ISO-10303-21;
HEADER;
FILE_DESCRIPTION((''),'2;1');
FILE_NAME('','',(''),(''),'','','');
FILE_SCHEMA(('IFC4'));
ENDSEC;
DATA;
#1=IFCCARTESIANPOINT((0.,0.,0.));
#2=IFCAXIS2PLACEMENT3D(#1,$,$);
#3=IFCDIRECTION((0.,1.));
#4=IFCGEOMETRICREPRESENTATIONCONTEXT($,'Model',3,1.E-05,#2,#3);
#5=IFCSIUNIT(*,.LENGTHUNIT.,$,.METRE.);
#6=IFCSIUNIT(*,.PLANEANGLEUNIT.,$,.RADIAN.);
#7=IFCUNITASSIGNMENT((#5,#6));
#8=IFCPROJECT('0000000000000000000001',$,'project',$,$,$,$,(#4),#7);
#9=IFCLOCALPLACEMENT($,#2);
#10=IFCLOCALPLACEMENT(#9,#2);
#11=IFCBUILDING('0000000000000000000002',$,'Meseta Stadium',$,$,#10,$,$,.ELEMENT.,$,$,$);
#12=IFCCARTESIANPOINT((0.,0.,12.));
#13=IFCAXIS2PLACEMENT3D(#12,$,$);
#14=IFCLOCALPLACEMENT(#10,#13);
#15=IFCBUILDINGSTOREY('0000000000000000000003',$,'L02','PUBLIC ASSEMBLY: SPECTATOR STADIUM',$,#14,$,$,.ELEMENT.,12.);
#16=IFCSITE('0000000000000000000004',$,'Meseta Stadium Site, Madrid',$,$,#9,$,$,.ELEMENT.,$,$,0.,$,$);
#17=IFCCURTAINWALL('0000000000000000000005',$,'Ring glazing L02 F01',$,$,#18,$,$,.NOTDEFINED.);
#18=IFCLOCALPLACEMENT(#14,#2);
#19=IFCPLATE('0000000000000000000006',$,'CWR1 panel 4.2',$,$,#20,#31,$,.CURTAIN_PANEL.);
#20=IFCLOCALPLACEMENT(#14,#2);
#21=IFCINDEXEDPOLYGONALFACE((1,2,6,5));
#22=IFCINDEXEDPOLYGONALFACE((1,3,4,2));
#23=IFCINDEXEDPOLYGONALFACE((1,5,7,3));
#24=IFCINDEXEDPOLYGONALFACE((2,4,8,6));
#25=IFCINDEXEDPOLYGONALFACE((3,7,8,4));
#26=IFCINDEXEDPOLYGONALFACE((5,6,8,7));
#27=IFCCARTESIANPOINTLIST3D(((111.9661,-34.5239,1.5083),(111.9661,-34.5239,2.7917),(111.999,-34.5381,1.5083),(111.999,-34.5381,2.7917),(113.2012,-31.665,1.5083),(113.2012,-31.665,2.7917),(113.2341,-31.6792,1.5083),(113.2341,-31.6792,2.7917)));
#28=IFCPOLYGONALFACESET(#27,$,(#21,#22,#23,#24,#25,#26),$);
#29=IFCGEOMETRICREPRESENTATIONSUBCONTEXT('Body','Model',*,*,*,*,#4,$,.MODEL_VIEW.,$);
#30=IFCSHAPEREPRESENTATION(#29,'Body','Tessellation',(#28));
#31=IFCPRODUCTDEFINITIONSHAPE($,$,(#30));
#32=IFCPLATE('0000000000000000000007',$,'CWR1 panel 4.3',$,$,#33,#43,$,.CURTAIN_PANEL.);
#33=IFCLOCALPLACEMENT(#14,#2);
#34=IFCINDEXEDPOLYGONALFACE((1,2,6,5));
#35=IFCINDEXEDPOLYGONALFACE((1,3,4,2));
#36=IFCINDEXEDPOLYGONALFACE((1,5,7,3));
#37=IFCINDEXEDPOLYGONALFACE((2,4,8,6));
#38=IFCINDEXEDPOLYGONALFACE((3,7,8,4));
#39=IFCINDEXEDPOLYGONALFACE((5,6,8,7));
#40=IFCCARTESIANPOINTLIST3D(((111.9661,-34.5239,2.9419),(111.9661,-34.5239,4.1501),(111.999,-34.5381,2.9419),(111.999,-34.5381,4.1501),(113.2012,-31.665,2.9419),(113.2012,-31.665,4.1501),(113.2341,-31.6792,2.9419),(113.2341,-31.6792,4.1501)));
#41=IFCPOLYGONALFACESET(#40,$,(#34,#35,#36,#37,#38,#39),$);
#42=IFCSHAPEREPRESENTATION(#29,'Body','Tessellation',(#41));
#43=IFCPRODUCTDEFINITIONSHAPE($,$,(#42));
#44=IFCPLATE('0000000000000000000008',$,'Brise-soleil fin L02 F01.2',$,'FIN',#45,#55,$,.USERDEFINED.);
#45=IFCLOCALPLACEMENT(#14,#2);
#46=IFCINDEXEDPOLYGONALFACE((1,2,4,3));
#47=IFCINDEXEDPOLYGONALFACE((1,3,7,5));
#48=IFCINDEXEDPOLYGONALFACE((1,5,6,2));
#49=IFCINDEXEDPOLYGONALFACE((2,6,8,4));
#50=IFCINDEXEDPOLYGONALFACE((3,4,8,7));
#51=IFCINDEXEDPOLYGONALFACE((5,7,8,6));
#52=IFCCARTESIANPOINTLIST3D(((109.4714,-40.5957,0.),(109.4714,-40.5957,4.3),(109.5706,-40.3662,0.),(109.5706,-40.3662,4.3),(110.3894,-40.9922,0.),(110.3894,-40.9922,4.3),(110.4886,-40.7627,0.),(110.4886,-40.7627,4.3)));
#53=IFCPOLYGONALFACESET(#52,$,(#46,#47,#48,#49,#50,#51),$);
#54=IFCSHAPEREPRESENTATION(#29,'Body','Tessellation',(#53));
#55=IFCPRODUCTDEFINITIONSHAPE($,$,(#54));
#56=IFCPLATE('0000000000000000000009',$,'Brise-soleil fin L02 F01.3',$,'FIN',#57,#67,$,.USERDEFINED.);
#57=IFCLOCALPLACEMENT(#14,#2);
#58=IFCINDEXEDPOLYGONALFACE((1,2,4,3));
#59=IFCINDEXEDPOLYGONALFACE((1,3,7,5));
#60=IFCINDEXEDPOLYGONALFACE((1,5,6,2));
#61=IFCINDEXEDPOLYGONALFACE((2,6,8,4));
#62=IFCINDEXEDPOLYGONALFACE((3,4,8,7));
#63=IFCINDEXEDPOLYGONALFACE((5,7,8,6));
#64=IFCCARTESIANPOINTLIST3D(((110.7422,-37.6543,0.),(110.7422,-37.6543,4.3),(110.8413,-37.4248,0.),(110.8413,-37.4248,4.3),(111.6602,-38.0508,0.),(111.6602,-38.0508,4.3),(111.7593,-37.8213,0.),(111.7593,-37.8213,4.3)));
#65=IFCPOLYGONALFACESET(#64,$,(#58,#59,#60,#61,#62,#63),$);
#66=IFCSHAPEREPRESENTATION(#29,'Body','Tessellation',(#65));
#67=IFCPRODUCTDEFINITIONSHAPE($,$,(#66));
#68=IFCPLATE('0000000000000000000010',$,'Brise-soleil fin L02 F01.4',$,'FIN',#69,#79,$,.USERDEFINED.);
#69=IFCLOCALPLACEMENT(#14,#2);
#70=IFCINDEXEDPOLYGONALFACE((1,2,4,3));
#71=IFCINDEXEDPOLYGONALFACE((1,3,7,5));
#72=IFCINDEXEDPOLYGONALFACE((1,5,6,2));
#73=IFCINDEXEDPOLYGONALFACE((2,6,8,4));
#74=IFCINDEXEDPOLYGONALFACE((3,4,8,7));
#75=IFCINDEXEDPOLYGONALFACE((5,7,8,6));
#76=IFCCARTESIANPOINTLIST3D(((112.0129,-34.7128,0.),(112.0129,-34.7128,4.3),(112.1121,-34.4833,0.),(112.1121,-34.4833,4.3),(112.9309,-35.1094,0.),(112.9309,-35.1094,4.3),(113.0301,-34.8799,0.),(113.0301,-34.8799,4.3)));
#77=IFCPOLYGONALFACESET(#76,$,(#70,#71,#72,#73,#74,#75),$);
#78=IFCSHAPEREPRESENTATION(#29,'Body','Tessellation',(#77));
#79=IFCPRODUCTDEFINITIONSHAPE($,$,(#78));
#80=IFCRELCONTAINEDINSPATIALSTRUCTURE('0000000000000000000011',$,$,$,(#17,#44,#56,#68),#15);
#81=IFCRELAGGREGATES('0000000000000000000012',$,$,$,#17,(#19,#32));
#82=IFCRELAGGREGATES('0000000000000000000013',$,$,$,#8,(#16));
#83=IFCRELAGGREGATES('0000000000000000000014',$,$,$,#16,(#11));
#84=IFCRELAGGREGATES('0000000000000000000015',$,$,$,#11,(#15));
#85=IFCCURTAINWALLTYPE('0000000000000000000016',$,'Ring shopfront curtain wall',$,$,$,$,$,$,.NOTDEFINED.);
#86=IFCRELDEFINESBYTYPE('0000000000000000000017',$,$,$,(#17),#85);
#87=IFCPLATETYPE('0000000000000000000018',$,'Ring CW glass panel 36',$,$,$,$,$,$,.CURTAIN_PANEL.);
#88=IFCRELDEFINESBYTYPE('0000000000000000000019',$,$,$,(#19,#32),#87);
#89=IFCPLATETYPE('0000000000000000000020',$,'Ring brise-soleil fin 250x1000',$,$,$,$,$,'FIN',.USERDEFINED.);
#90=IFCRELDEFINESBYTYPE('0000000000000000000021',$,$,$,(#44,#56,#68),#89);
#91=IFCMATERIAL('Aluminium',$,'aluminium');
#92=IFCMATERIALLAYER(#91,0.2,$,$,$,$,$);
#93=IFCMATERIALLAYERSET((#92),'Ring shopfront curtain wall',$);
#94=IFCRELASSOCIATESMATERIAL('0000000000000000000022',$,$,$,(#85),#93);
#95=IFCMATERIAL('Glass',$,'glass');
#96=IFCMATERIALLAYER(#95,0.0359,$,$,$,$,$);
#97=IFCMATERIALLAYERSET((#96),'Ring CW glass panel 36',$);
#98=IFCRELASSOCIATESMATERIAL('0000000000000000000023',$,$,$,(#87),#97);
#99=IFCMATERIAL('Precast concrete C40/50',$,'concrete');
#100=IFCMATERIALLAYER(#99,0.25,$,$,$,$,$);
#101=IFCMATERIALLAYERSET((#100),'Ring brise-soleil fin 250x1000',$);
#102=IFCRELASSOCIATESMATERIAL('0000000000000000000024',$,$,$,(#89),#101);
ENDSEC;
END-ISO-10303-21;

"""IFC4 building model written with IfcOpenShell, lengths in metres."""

from ifc_helpers import new_model, si_unit, direction, frame, origin, origin_2d, place, context, subcontext, project, spatial, rectangle, extrude, material, layer, layer_set, type_object, element, aggregate, save


model = new_model("IFC4")

# Units and contexts
model_context = context("Model", 3, precision=1e-05, world=origin(), true_north=direction((0.0, 1.0)))
body_context = subcontext(model_context, "Body", "Model", "MODEL_VIEW")
ifc_project = project(units=[si_unit("LENGTHUNIT", "METRE"), si_unit("PLANEANGLEUNIT", "RADIAN")], contexts=[model_context])

# Site, building, storey
site_placement = place(None, origin())
site = spatial("IfcSite", under=ifc_project, at=site_placement, Name="Meseta Stadium Site, Madrid", CompositionType="ELEMENT", RefElevation=0.0)
building_placement = place(site_placement, origin())
building = spatial("IfcBuilding", under=site, at=building_placement, Name="Meseta Stadium", CompositionType="ELEMENT")
storey_placement = place(building_placement, frame((0.0, 0.0, 12.0)))
storey = spatial("IfcBuildingStorey", under=building, at=storey_placement, Name="L02", Description="PUBLIC ASSEMBLY: SPECTATOR STADIUM", CompositionType="ELEMENT", Elevation=12.0)

# Curtain wall, plates
ifc_material_1 = material(Name="Aluminium", Category="aluminium")
ifc_layer_1 = layer(ifc_material_1, 0.2)
ifc_layer_set_1 = layer_set([ifc_layer_1], Name="Ring shopfront curtain wall")
curtain_wall_type = type_object("IfcCurtainWallType", Name="Ring shopfront curtain wall", PredefinedType="NOTDEFINED", material=ifc_layer_set_1)
curtain_wall_placement = place(storey_placement, origin())
curtain_wall = element("IfcCurtainWall", 1, at=curtain_wall_placement, inside=storey, type_object=curtain_wall_type, Name="Ring glazing L02 F01", PredefinedType="NOTDEFINED")
ifc_material_2 = material(Name="Glass", Category="glass")
ifc_layer_2 = layer(ifc_material_2, 0.0359)
ifc_layer_set_2 = layer_set([ifc_layer_2], Name="Ring CW glass panel 36")
plate_type_1 = type_object("IfcPlateType", Name="Ring CW glass panel 36", PredefinedType="CURTAIN_PANEL", material=ifc_layer_set_2)
plate_1_placement = place(storey_placement, frame((112.6001, -33.1016, 1.5083), z_axis=(0.0, 0.0, 1.0), x_axis=(0.396581, 0.918, 0.0)))
plate_1 = element("IfcPlate", 2, at=plate_1_placement, type_object=plate_type_1, Name="CWR1 panel 4.2", PredefinedType="CURTAIN_PANEL", context=body_context, shape_type="SweptSolid", body=[
    extrude(rectangle(XDim=3.1143, YDim=0.0359, at=origin_2d()), origin(), (0.0, 0.0, 1.0), 1.2834),
])
plate_2_placement = place(storey_placement, frame((112.6001, -33.1016, 2.9419), z_axis=(0.0, 0.0, 1.0), x_axis=(0.396581, 0.918, 0.0)))
plate_2 = element("IfcPlate", 3, at=plate_2_placement, type_object=plate_type_1, Name="CWR1 panel 4.3", PredefinedType="CURTAIN_PANEL", context=body_context, shape_type="SweptSolid", body=[
    extrude(rectangle(XDim=3.1143, YDim=0.0359, at=origin_2d()), origin(), (0.0, 0.0, 1.0), 1.2083),
])
aggregate(curtain_wall, [plate_1, plate_2])

# Plates
ifc_material_3 = material(Name="Precast concrete C40/50", Category="concrete")
ifc_layer_3 = layer(ifc_material_3, 0.25)
ifc_layer_set_3 = layer_set([ifc_layer_3], Name="Ring brise-soleil fin 250x1000")
plate_type_2 = type_object("IfcPlateType", Name="Ring brise-soleil fin 250x1000", ElementType="FIN", PredefinedType="USERDEFINED", material=ifc_layer_set_3)
for number, where, z_axis, x_axis, name in (
    (4, (109.98, -40.6792, 0.0), (0.0, 0.0, 1.0), (0.396576, 0.918002, 0.0), "Brise-soleil fin L02 F01.2"),
    (5, (111.2507, -37.7378, 0.0), (0.0, 0.0, 1.0), (0.396576, 0.918002, 0.0), "Brise-soleil fin L02 F01.3"),
    (6, (112.5215, -34.7964, 0.0), (0.0, 0.0, 1.0), (0.396576, 0.918002, 0.0), "Brise-soleil fin L02 F01.4"),
):
    element("IfcPlate", number, at=place(storey_placement, frame(where, z_axis=z_axis, x_axis=x_axis)), inside=storey, type_object=plate_type_2, Name=name, ObjectType="FIN", PredefinedType="USERDEFINED", context=body_context, shape_type="SweptSolid", body=[
        extrude(rectangle(XDim=0.25, YDim=1.0, at=origin_2d()), origin(), (0.0, 0.0, 1.0), 4.3),
    ])

save(model, "model.ifc")
